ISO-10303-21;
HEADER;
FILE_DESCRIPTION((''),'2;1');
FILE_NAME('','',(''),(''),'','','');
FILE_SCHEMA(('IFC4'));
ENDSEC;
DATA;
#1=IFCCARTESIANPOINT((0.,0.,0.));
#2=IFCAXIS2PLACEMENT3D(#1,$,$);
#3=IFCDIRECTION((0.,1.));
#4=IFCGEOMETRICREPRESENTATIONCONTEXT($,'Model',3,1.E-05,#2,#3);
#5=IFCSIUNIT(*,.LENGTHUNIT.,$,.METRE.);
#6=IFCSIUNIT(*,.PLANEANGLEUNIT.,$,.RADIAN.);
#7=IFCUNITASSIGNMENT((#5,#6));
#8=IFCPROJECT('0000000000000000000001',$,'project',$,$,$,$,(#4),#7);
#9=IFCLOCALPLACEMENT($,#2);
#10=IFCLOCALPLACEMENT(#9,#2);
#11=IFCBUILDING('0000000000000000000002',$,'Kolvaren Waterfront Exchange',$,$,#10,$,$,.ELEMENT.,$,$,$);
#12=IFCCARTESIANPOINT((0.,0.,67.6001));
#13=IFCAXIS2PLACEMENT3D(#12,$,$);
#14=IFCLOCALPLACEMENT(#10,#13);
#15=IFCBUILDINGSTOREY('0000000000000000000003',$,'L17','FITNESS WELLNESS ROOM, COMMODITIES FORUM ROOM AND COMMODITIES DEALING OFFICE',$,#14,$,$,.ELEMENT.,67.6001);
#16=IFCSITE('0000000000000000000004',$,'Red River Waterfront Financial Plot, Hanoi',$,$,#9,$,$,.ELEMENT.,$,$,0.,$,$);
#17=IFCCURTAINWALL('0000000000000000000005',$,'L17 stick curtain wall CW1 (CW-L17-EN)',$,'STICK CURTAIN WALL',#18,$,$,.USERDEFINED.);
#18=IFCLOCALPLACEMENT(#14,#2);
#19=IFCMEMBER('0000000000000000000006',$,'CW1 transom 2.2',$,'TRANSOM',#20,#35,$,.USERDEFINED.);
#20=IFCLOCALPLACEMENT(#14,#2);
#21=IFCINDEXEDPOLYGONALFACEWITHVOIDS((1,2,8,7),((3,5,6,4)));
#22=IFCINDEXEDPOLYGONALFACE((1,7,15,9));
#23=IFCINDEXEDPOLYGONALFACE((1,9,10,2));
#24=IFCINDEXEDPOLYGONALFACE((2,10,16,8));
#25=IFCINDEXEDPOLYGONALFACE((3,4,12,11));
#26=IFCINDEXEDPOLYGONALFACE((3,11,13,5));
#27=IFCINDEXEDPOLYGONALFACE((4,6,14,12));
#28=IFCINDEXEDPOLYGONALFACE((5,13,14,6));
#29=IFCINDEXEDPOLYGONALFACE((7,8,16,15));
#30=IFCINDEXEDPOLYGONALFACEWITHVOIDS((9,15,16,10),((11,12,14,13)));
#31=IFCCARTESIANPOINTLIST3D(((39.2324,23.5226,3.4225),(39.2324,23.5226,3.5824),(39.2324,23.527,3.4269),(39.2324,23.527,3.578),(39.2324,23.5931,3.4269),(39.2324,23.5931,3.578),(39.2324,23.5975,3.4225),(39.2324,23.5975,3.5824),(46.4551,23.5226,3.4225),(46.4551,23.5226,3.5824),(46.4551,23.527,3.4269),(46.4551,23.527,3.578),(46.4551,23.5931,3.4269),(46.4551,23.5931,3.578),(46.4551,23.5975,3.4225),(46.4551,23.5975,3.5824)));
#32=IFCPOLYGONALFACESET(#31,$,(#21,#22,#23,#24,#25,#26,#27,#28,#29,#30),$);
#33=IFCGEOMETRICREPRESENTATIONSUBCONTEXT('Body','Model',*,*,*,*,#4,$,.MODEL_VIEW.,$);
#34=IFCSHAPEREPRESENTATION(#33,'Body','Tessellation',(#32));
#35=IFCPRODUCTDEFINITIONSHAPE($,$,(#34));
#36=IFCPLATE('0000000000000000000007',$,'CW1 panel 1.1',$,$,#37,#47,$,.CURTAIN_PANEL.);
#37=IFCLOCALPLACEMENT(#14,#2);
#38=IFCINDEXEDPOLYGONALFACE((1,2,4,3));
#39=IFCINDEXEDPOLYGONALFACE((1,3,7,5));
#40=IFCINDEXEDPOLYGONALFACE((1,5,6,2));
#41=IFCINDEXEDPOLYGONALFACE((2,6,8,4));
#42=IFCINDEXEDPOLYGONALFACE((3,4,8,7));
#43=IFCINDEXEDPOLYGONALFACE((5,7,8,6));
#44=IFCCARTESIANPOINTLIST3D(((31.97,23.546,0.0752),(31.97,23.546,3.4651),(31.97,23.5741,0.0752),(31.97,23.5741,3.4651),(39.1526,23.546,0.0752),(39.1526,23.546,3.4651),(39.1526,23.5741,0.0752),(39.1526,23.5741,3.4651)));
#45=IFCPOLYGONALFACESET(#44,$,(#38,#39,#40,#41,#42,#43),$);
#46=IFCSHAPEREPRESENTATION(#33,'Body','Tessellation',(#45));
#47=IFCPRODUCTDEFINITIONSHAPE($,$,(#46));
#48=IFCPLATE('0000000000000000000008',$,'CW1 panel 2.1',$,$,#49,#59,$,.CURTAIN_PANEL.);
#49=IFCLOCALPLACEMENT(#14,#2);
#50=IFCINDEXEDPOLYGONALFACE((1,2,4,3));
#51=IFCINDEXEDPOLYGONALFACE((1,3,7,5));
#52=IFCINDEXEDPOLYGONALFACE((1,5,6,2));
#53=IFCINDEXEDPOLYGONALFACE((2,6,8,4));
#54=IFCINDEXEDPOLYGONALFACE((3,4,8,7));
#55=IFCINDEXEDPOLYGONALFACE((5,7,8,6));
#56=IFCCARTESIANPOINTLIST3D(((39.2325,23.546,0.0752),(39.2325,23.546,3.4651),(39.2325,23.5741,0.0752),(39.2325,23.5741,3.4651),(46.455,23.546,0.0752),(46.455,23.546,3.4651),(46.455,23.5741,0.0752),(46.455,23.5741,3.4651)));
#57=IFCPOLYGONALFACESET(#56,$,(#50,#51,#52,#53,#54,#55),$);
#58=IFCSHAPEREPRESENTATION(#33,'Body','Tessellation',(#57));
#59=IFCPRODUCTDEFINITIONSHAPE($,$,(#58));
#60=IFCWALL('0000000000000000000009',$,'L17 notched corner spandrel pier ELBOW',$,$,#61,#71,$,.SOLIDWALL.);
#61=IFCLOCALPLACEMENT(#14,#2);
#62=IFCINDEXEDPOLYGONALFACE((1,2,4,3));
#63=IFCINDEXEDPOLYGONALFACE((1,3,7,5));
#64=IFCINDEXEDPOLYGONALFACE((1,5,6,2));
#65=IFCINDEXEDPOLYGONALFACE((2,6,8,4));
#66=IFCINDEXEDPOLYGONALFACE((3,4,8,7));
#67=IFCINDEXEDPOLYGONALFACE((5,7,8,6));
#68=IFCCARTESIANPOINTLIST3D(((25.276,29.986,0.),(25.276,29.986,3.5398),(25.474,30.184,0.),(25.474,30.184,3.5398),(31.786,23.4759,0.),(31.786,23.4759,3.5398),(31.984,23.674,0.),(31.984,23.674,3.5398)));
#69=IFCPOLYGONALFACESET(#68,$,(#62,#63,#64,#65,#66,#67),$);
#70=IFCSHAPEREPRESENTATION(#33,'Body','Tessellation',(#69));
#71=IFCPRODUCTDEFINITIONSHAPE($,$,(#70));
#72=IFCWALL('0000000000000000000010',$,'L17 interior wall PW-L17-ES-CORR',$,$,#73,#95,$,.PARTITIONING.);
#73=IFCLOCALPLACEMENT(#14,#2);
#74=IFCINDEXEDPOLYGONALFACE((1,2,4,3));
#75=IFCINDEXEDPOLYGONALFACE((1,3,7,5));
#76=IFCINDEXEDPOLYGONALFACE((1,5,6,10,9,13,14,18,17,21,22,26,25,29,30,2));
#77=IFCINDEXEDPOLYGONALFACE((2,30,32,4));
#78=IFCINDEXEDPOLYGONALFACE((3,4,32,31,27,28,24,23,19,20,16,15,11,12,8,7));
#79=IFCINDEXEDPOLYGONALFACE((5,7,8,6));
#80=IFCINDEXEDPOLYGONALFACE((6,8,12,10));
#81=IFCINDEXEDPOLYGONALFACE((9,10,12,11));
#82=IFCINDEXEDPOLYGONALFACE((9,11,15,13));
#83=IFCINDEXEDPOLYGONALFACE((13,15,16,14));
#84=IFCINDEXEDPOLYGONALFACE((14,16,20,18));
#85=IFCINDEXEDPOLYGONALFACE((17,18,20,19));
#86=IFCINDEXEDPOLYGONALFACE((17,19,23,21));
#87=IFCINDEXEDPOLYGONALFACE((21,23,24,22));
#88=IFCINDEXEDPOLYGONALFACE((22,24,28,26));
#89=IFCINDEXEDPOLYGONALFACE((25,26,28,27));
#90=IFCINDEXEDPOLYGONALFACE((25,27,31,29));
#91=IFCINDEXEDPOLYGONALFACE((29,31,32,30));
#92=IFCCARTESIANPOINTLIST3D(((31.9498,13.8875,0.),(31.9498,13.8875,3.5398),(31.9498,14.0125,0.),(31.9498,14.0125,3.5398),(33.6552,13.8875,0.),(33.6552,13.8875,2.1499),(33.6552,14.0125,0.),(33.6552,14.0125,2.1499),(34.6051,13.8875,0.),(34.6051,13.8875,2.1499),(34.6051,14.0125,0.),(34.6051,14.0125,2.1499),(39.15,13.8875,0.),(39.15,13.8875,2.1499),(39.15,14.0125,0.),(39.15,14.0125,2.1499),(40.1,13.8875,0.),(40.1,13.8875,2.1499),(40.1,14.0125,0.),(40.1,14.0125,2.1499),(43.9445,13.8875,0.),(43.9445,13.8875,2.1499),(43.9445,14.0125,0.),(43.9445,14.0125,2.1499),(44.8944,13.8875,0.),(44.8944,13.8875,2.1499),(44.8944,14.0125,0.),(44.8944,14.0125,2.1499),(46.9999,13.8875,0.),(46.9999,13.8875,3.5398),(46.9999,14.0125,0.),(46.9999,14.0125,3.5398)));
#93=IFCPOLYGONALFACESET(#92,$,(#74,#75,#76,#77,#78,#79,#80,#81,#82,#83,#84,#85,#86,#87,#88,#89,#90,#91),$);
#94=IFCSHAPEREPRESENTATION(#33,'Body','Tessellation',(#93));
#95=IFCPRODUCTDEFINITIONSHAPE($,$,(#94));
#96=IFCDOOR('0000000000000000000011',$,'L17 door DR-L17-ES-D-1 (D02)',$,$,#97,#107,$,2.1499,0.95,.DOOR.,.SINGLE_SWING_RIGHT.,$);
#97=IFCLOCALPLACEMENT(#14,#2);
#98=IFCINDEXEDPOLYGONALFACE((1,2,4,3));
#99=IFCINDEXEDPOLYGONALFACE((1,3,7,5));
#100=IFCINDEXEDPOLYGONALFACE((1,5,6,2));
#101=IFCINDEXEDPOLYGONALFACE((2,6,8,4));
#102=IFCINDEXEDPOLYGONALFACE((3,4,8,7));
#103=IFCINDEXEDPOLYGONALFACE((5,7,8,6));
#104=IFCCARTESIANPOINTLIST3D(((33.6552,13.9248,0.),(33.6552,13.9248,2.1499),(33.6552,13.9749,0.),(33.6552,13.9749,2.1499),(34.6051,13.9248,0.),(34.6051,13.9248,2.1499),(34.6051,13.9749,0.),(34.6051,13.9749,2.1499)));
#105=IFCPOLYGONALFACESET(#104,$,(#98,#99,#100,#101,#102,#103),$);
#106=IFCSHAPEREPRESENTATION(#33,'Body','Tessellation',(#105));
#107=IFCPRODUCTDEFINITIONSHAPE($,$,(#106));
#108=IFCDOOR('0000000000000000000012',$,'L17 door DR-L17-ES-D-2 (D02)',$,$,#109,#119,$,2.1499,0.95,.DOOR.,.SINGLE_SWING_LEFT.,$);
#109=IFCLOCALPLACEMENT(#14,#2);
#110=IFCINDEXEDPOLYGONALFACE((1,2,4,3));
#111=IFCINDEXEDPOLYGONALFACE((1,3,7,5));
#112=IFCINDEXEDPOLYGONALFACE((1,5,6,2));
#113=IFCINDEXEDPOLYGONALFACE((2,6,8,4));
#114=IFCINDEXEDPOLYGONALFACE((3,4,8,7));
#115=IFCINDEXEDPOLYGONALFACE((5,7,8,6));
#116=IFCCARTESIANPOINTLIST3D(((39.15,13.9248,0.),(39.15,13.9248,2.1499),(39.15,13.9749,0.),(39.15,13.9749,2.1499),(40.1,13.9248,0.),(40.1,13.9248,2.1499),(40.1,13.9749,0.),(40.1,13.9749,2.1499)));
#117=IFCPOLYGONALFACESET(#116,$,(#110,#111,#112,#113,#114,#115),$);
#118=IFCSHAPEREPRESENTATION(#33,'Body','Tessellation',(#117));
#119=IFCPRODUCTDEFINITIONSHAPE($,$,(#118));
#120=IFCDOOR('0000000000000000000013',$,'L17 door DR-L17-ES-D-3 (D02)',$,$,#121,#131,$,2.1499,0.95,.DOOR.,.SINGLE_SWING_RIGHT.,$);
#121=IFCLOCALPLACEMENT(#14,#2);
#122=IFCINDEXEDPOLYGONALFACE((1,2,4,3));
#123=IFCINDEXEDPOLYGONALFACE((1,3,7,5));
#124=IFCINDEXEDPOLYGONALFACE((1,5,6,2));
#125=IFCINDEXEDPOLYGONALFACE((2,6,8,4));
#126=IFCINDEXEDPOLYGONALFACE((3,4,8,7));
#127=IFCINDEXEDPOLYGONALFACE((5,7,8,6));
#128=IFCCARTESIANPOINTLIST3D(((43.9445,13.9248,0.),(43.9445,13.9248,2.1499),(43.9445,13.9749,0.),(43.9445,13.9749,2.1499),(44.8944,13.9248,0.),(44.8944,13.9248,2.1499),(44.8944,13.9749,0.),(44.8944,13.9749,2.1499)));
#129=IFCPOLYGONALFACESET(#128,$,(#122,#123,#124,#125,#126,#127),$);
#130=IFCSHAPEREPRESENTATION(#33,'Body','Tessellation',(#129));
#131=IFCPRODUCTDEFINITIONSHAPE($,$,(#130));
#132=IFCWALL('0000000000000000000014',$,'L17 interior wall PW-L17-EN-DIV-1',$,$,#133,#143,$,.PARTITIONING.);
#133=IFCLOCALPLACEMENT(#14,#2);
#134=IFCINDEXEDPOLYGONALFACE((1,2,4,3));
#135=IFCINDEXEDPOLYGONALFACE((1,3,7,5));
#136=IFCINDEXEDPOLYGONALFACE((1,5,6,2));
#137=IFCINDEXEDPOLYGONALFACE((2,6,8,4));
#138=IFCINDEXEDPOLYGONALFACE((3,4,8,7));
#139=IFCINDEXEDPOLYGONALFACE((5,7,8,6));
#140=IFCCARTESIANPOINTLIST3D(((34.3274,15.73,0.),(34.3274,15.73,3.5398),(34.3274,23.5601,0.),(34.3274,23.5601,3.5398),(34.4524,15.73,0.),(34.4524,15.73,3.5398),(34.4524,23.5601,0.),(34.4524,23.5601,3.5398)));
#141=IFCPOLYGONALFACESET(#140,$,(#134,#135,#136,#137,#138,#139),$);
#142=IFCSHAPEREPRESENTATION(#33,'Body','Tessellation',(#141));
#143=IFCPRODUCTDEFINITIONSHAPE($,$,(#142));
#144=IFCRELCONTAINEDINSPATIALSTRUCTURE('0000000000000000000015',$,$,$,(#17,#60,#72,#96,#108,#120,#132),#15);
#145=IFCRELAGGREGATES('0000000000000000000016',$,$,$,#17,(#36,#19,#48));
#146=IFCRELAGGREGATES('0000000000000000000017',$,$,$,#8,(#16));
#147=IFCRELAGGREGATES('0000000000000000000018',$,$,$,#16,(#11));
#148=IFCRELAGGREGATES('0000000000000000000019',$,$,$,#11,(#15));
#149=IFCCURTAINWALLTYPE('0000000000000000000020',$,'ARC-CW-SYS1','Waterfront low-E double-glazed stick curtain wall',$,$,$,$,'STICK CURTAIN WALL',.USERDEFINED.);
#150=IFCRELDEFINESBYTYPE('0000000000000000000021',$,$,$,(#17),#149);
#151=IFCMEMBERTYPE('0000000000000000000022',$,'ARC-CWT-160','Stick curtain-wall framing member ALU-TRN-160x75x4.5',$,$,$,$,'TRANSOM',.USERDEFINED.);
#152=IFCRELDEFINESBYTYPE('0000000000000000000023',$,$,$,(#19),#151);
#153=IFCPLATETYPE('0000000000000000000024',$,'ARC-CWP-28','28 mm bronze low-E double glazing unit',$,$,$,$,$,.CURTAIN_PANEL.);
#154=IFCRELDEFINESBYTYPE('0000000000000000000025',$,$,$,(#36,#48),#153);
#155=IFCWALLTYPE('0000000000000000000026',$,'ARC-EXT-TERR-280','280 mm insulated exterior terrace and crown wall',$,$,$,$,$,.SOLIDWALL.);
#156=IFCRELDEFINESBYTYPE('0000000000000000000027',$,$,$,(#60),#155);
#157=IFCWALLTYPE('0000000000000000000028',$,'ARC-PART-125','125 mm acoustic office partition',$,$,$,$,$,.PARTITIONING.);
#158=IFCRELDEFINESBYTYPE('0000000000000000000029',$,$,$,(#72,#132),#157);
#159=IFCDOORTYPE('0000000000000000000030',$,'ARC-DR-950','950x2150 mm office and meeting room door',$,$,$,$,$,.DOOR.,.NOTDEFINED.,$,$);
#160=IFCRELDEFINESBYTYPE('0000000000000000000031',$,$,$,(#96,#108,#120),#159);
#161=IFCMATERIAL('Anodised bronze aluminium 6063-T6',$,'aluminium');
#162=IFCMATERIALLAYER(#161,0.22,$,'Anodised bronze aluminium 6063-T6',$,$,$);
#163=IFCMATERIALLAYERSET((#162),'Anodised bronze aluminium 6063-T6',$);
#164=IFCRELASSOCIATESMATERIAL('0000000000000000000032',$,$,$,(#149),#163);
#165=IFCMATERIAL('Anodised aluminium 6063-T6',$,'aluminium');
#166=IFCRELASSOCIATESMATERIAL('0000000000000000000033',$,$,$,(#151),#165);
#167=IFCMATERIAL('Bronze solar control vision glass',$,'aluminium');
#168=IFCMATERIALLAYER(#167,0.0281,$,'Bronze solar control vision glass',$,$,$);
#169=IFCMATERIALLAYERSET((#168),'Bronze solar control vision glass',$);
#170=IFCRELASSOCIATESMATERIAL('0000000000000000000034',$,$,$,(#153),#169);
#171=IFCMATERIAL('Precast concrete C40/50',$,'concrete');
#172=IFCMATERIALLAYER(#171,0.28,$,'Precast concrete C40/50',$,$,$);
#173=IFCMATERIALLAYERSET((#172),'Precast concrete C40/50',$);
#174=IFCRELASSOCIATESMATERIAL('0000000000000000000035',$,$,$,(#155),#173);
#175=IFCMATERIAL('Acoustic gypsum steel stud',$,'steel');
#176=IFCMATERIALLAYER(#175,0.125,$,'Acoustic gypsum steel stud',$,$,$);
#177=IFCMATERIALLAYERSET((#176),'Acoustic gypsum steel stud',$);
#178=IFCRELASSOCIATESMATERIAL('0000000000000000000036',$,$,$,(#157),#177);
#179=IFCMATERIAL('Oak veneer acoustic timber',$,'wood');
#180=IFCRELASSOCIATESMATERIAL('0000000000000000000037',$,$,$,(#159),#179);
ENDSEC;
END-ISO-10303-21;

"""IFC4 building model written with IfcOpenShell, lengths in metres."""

from ifc_helpers import new_model, si_unit, direction, frame, frame_2d, origin, origin_with_axes, origin_2d, place, context, subcontext, project, spatial, rectangle, hollow_rectangle, extrude, source, transform, mapped, material, layer, layer_set, material_profile, profile_set, type_object, element, fill, aggregate, save


model = new_model("IFC4")

# Units and contexts
model_context = context("Model", 3, precision=1e-05, world=origin(), true_north=direction((0.0, 1.0)))
body_context = subcontext(model_context, "Body", "Model", "MODEL_VIEW")
ifc_project = project(units=[si_unit("LENGTHUNIT", "METRE"), si_unit("PLANEANGLEUNIT", "RADIAN")], contexts=[model_context])

# Site, building, storey
site_placement = place(None, origin())
site = spatial("IfcSite", under=ifc_project, at=site_placement, Name="Red River Waterfront Financial Plot, Hanoi", CompositionType="ELEMENT", RefElevation=0.0)
building_placement = place(site_placement, origin())
building = spatial("IfcBuilding", under=site, at=building_placement, Name="Kolvaren Waterfront Exchange", CompositionType="ELEMENT")
storey_placement = place(building_placement, frame((0.0, 0.0, 67.6001)))
storey = spatial("IfcBuildingStorey", under=building, at=storey_placement, Name="L17", Description="FITNESS WELLNESS ROOM, COMMODITIES FORUM ROOM AND COMMODITIES DEALING OFFICE", CompositionType="ELEMENT", Elevation=67.6001)

# Curtain wall, member, plates
ifc_material_1 = material(Name="Anodised bronze aluminium 6063-T6", Category="aluminium")
ifc_layer_1 = layer(ifc_material_1, 0.22, Name="Anodised bronze aluminium 6063-T6")
ifc_layer_set_1 = layer_set([ifc_layer_1], Name="Anodised bronze aluminium 6063-T6")
curtain_wall_type = type_object("IfcCurtainWallType", Name="ARC-CW-SYS1", Description="Waterfront low-E double-glazed stick curtain wall", ElementType="STICK CURTAIN WALL", PredefinedType="USERDEFINED", material=ifc_layer_set_1)
curtain_wall_placement = place(storey_placement, origin())
curtain_wall = element("IfcCurtainWall", 1, at=curtain_wall_placement, inside=storey, type_object=curtain_wall_type, Name="L17 stick curtain wall CW1 (CW-L17-EN)", ObjectType="STICK CURTAIN WALL", PredefinedType="USERDEFINED")
ifc_material_2 = material(Name="Anodised aluminium 6063-T6", Category="aluminium")
ifc_material_profile_1 = material_profile(ifc_material_2, hollow_rectangle(XDim=0.075, YDim=0.1599, WallThickness=0.0044, at=origin_2d()), Name="ALU-TRN-160x75x4.5")
ifc_profile_set_1 = profile_set([ifc_material_profile_1], Name="Anodised aluminium 6063-T6")
member_type_1 = type_object("IfcMemberType", Name="ARC-CWT-160", Description="Stick curtain-wall framing member ALU-TRN-160x75x4.5", ElementType="TRANSOM", PredefinedType="USERDEFINED", material=ifc_profile_set_1)
shared_shape_1 = source(origin_with_axes(), body_context, "Body", "SweptSolid", [
    extrude(hollow_rectangle(XDim=0.075, YDim=0.1599, WallThickness=0.0044, at=origin_2d()), origin(), (0.0, 0.0, 1.0), 7.2227),
])
member_1_placement = place(storey_placement, frame((39.2324, 23.5601, 3.5024), z_axis=(1.0, 0.0, 0.0), x_axis=(0.0, 1.0, 0.0)))
member_1 = element("IfcMember", 2, at=member_1_placement, type_object=member_type_1, Name="CW1 transom 2.2", ObjectType="TRANSOM", PredefinedType="USERDEFINED", context=body_context, shape_type="MappedRepresentation", body=[
    mapped(shared_shape_1, transform((0.0, 0.0, 0.0), x_axis=(1.0, 0.0, 0.0), y_axis=(0.0, 1.0, 0.0), z_axis=(0.0, 0.0, 1.0), scale=1.0)),
])
ifc_material_3 = material(Name="Bronze solar control vision glass", Category="aluminium")
ifc_layer_2 = layer(ifc_material_3, 0.0281, Name="Bronze solar control vision glass")
ifc_layer_set_2 = layer_set([ifc_layer_2], Name="Bronze solar control vision glass")
plate_type = type_object("IfcPlateType", Name="ARC-CWP-28", Description="28 mm bronze low-E double glazing unit", PredefinedType="CURTAIN_PANEL", material=ifc_layer_set_2)
shared_shape_2 = source(origin_with_axes(), body_context, "Body", "SweptSolid", [
    extrude(rectangle(XDim=7.1826, YDim=0.0281, at=origin_2d()), origin(), (0.0, 0.0, 1.0), 3.3899),
])
plate_1_placement = place(storey_placement, frame((35.5613, 23.5601, 0.0752), z_axis=(0.0, 0.0, 1.0), x_axis=(1.0, 0.0, 0.0)))
plate_1 = element("IfcPlate", 3, at=plate_1_placement, type_object=plate_type, Name="CW1 panel 1.1", PredefinedType="CURTAIN_PANEL", context=body_context, shape_type="MappedRepresentation", body=[
    mapped(shared_shape_2, transform((0.0, 0.0, 0.0), x_axis=(1.0, 0.0, 0.0), y_axis=(0.0, 1.0, 0.0), z_axis=(0.0, 0.0, 1.0), scale=1.0)),
])
shared_shape_3 = source(origin_with_axes(), body_context, "Body", "SweptSolid", [
    extrude(rectangle(XDim=7.2224, YDim=0.0281, at=origin_2d()), origin(), (0.0, 0.0, 1.0), 3.3899),
])
plate_2_placement = place(storey_placement, frame((42.8438, 23.5601, 0.0752), z_axis=(0.0, 0.0, 1.0), x_axis=(1.0, 0.0, 0.0)))
plate_2 = element("IfcPlate", 4, at=plate_2_placement, type_object=plate_type, Name="CW1 panel 2.1", PredefinedType="CURTAIN_PANEL", context=body_context, shape_type="MappedRepresentation", body=[
    mapped(shared_shape_3, transform((0.0, 0.0, 0.0), x_axis=(1.0, 0.0, 0.0), y_axis=(0.0, 1.0, 0.0), z_axis=(0.0, 0.0, 1.0), scale=1.0)),
])
aggregate(curtain_wall, [plate_1, member_1, plate_2])

# Wall
ifc_material_4 = material(Name="Precast concrete C40/50", Category="concrete")
ifc_layer_3 = layer(ifc_material_4, 0.28, Name="Precast concrete C40/50")
ifc_layer_set_3 = layer_set([ifc_layer_3], Name="Precast concrete C40/50")
wall_type_1 = type_object("IfcWallType", Name="ARC-EXT-TERR-280", Description="280 mm insulated exterior terrace and crown wall", PredefinedType="SOLIDWALL", material=ifc_layer_set_3)
wall_1_placement = place(storey_placement, frame((31.885, 23.575, 0.0), z_axis=(0.0, 0.0, 1.0), x_axis=(-0.707107, 0.707107, 0.0)))
element("IfcWall", 5, at=wall_1_placement, inside=storey, type_object=wall_type_1, Name="L17 notched corner spandrel pier ELBOW", PredefinedType="SOLIDWALL", context=body_context, shape_type="SweptSolid", body=[
    extrude(rectangle(XDim=9.2065, YDim=0.28, at=frame_2d((4.6033, 0.0))), origin(), (0.0, 0.0, 1.0), 3.5398),
])

# Wall, openings, doors
ifc_material_5 = material(Name="Acoustic gypsum steel stud", Category="steel")
ifc_layer_4 = layer(ifc_material_5, 0.125, Name="Acoustic gypsum steel stud")
ifc_layer_set_4 = layer_set([ifc_layer_4], Name="Acoustic gypsum steel stud")
wall_type_2 = type_object("IfcWallType", Name="ARC-PART-125", Description="125 mm acoustic office partition", PredefinedType="PARTITIONING", material=ifc_layer_set_4)
wall_2_placement = place(storey_placement, frame((31.95, 13.95, 0.0), z_axis=(0.0, 0.0, 1.0), x_axis=(1.0, 0.0, 0.0)))
wall_2 = element("IfcWall", 6, at=wall_2_placement, inside=storey, type_object=wall_type_2, Name="L17 interior wall PW-L17-ES-CORR", PredefinedType="PARTITIONING", context=body_context, shape_type="SweptSolid", body=[
    extrude(rectangle(XDim=15.05, YDim=0.125, at=frame_2d((7.5249, 0.0))), origin(), (0.0, 0.0, 1.0), 3.5398),
])
opening_1_placement = place(wall_2_placement, frame((1.7051, 0.0, 0.0)))
opening_1 = element("IfcOpeningElement", 7, at=opening_1_placement, cuts=wall_2, PredefinedType="OPENING", context=body_context, shape_type="SweptSolid", body=[
    extrude(rectangle(XDim=0.95, YDim=2.1499, at=frame_2d((0.4751, 1.075))), frame((0.0, 0.0725, 0.0), z_axis=(0.0, -1.0, 0.0), x_axis=(1.0, 0.0, 0.0)), (0.0, 0.0, 1.0), 0.145),
])
opening_2_placement = place(wall_2_placement, frame((7.2, 0.0, 0.0)))
opening_2 = element("IfcOpeningElement", 8, at=opening_2_placement, cuts=wall_2, PredefinedType="OPENING", context=body_context, shape_type="SweptSolid", body=[
    extrude(rectangle(XDim=0.95, YDim=2.1499, at=frame_2d((0.4751, 1.075))), frame((0.0, 0.0725, 0.0), z_axis=(0.0, -1.0, 0.0), x_axis=(1.0, 0.0, 0.0)), (0.0, 0.0, 1.0), 0.145),
])
opening_3_placement = place(wall_2_placement, frame((11.9944, 0.0, 0.0)))
opening_3 = element("IfcOpeningElement", 9, at=opening_3_placement, cuts=wall_2, PredefinedType="OPENING", context=body_context, shape_type="SweptSolid", body=[
    extrude(rectangle(XDim=0.95, YDim=2.1499, at=frame_2d((0.4751, 1.075))), frame((0.0, 0.0725, 0.0), z_axis=(0.0, -1.0, 0.0), x_axis=(1.0, 0.0, 0.0)), (0.0, 0.0, 1.0), 0.145),
])
ifc_material_6 = material(Name="Oak veneer acoustic timber", Category="wood")
door_type_1 = type_object("IfcDoorType", Name="ARC-DR-950", Description="950x2150 mm office and meeting room door", OperationType="NOTDEFINED", PredefinedType="DOOR", material=ifc_material_6)
door_1_placement = place(opening_1_placement, origin())
door_1 = element("IfcDoor", 10, at=door_1_placement, inside=storey, type_object=door_type_1, Name="L17 door DR-L17-ES-D-1 (D02)", OperationType="SINGLE_SWING_RIGHT", OverallHeight=2.1499, OverallWidth=0.95, PredefinedType="DOOR", context=body_context, shape_type="SweptSolid", body=[
    extrude(rectangle(XDim=0.95, YDim=2.1499, at=frame_2d((0.4751, 1.075))), frame((0.0, 0.0249, 0.0), z_axis=(0.0, -1.0, 0.0), x_axis=(1.0, 0.0, 0.0)), (0.0, 0.0, 1.0), 0.05),
])
fill(opening_1, door_1)
door_2_placement = place(opening_2_placement, origin())
door_2 = element("IfcDoor", 11, at=door_2_placement, inside=storey, type_object=door_type_1, Name="L17 door DR-L17-ES-D-2 (D02)", OperationType="SINGLE_SWING_LEFT", OverallHeight=2.1499, OverallWidth=0.95, PredefinedType="DOOR", context=body_context, shape_type="SweptSolid", body=[
    extrude(rectangle(XDim=0.95, YDim=2.1499, at=frame_2d((0.4751, 1.075))), frame((0.0, 0.0249, 0.0), z_axis=(0.0, -1.0, 0.0), x_axis=(1.0, 0.0, 0.0)), (0.0, 0.0, 1.0), 0.05),
])
fill(opening_2, door_2)
door_3_placement = place(opening_3_placement, origin())
door_3 = element("IfcDoor", 12, at=door_3_placement, inside=storey, type_object=door_type_1, Name="L17 door DR-L17-ES-D-3 (D02)", OperationType="SINGLE_SWING_RIGHT", OverallHeight=2.1499, OverallWidth=0.95, PredefinedType="DOOR", context=body_context, shape_type="SweptSolid", body=[
    extrude(rectangle(XDim=0.95, YDim=2.1499, at=frame_2d((0.4751, 1.075))), frame((0.0, 0.0249, 0.0), z_axis=(0.0, -1.0, 0.0), x_axis=(1.0, 0.0, 0.0)), (0.0, 0.0, 1.0), 0.05),
])
fill(opening_3, door_3)

# Wall
wall_3_placement = place(storey_placement, frame((34.3899, 15.73, 0.0), z_axis=(0.0, 0.0, 1.0), x_axis=(0.0, 1.0, 0.0)))
element("IfcWall", 13, at=wall_3_placement, inside=storey, type_object=wall_type_2, Name="L17 interior wall PW-L17-EN-DIV-1", PredefinedType="PARTITIONING", context=body_context, shape_type="SweptSolid", body=[
    extrude(rectangle(XDim=7.8301, YDim=0.125, at=frame_2d((3.915, 0.0))), origin(), (0.0, 0.0, 1.0), 3.5398),
])

save(model, "model.ifc")
